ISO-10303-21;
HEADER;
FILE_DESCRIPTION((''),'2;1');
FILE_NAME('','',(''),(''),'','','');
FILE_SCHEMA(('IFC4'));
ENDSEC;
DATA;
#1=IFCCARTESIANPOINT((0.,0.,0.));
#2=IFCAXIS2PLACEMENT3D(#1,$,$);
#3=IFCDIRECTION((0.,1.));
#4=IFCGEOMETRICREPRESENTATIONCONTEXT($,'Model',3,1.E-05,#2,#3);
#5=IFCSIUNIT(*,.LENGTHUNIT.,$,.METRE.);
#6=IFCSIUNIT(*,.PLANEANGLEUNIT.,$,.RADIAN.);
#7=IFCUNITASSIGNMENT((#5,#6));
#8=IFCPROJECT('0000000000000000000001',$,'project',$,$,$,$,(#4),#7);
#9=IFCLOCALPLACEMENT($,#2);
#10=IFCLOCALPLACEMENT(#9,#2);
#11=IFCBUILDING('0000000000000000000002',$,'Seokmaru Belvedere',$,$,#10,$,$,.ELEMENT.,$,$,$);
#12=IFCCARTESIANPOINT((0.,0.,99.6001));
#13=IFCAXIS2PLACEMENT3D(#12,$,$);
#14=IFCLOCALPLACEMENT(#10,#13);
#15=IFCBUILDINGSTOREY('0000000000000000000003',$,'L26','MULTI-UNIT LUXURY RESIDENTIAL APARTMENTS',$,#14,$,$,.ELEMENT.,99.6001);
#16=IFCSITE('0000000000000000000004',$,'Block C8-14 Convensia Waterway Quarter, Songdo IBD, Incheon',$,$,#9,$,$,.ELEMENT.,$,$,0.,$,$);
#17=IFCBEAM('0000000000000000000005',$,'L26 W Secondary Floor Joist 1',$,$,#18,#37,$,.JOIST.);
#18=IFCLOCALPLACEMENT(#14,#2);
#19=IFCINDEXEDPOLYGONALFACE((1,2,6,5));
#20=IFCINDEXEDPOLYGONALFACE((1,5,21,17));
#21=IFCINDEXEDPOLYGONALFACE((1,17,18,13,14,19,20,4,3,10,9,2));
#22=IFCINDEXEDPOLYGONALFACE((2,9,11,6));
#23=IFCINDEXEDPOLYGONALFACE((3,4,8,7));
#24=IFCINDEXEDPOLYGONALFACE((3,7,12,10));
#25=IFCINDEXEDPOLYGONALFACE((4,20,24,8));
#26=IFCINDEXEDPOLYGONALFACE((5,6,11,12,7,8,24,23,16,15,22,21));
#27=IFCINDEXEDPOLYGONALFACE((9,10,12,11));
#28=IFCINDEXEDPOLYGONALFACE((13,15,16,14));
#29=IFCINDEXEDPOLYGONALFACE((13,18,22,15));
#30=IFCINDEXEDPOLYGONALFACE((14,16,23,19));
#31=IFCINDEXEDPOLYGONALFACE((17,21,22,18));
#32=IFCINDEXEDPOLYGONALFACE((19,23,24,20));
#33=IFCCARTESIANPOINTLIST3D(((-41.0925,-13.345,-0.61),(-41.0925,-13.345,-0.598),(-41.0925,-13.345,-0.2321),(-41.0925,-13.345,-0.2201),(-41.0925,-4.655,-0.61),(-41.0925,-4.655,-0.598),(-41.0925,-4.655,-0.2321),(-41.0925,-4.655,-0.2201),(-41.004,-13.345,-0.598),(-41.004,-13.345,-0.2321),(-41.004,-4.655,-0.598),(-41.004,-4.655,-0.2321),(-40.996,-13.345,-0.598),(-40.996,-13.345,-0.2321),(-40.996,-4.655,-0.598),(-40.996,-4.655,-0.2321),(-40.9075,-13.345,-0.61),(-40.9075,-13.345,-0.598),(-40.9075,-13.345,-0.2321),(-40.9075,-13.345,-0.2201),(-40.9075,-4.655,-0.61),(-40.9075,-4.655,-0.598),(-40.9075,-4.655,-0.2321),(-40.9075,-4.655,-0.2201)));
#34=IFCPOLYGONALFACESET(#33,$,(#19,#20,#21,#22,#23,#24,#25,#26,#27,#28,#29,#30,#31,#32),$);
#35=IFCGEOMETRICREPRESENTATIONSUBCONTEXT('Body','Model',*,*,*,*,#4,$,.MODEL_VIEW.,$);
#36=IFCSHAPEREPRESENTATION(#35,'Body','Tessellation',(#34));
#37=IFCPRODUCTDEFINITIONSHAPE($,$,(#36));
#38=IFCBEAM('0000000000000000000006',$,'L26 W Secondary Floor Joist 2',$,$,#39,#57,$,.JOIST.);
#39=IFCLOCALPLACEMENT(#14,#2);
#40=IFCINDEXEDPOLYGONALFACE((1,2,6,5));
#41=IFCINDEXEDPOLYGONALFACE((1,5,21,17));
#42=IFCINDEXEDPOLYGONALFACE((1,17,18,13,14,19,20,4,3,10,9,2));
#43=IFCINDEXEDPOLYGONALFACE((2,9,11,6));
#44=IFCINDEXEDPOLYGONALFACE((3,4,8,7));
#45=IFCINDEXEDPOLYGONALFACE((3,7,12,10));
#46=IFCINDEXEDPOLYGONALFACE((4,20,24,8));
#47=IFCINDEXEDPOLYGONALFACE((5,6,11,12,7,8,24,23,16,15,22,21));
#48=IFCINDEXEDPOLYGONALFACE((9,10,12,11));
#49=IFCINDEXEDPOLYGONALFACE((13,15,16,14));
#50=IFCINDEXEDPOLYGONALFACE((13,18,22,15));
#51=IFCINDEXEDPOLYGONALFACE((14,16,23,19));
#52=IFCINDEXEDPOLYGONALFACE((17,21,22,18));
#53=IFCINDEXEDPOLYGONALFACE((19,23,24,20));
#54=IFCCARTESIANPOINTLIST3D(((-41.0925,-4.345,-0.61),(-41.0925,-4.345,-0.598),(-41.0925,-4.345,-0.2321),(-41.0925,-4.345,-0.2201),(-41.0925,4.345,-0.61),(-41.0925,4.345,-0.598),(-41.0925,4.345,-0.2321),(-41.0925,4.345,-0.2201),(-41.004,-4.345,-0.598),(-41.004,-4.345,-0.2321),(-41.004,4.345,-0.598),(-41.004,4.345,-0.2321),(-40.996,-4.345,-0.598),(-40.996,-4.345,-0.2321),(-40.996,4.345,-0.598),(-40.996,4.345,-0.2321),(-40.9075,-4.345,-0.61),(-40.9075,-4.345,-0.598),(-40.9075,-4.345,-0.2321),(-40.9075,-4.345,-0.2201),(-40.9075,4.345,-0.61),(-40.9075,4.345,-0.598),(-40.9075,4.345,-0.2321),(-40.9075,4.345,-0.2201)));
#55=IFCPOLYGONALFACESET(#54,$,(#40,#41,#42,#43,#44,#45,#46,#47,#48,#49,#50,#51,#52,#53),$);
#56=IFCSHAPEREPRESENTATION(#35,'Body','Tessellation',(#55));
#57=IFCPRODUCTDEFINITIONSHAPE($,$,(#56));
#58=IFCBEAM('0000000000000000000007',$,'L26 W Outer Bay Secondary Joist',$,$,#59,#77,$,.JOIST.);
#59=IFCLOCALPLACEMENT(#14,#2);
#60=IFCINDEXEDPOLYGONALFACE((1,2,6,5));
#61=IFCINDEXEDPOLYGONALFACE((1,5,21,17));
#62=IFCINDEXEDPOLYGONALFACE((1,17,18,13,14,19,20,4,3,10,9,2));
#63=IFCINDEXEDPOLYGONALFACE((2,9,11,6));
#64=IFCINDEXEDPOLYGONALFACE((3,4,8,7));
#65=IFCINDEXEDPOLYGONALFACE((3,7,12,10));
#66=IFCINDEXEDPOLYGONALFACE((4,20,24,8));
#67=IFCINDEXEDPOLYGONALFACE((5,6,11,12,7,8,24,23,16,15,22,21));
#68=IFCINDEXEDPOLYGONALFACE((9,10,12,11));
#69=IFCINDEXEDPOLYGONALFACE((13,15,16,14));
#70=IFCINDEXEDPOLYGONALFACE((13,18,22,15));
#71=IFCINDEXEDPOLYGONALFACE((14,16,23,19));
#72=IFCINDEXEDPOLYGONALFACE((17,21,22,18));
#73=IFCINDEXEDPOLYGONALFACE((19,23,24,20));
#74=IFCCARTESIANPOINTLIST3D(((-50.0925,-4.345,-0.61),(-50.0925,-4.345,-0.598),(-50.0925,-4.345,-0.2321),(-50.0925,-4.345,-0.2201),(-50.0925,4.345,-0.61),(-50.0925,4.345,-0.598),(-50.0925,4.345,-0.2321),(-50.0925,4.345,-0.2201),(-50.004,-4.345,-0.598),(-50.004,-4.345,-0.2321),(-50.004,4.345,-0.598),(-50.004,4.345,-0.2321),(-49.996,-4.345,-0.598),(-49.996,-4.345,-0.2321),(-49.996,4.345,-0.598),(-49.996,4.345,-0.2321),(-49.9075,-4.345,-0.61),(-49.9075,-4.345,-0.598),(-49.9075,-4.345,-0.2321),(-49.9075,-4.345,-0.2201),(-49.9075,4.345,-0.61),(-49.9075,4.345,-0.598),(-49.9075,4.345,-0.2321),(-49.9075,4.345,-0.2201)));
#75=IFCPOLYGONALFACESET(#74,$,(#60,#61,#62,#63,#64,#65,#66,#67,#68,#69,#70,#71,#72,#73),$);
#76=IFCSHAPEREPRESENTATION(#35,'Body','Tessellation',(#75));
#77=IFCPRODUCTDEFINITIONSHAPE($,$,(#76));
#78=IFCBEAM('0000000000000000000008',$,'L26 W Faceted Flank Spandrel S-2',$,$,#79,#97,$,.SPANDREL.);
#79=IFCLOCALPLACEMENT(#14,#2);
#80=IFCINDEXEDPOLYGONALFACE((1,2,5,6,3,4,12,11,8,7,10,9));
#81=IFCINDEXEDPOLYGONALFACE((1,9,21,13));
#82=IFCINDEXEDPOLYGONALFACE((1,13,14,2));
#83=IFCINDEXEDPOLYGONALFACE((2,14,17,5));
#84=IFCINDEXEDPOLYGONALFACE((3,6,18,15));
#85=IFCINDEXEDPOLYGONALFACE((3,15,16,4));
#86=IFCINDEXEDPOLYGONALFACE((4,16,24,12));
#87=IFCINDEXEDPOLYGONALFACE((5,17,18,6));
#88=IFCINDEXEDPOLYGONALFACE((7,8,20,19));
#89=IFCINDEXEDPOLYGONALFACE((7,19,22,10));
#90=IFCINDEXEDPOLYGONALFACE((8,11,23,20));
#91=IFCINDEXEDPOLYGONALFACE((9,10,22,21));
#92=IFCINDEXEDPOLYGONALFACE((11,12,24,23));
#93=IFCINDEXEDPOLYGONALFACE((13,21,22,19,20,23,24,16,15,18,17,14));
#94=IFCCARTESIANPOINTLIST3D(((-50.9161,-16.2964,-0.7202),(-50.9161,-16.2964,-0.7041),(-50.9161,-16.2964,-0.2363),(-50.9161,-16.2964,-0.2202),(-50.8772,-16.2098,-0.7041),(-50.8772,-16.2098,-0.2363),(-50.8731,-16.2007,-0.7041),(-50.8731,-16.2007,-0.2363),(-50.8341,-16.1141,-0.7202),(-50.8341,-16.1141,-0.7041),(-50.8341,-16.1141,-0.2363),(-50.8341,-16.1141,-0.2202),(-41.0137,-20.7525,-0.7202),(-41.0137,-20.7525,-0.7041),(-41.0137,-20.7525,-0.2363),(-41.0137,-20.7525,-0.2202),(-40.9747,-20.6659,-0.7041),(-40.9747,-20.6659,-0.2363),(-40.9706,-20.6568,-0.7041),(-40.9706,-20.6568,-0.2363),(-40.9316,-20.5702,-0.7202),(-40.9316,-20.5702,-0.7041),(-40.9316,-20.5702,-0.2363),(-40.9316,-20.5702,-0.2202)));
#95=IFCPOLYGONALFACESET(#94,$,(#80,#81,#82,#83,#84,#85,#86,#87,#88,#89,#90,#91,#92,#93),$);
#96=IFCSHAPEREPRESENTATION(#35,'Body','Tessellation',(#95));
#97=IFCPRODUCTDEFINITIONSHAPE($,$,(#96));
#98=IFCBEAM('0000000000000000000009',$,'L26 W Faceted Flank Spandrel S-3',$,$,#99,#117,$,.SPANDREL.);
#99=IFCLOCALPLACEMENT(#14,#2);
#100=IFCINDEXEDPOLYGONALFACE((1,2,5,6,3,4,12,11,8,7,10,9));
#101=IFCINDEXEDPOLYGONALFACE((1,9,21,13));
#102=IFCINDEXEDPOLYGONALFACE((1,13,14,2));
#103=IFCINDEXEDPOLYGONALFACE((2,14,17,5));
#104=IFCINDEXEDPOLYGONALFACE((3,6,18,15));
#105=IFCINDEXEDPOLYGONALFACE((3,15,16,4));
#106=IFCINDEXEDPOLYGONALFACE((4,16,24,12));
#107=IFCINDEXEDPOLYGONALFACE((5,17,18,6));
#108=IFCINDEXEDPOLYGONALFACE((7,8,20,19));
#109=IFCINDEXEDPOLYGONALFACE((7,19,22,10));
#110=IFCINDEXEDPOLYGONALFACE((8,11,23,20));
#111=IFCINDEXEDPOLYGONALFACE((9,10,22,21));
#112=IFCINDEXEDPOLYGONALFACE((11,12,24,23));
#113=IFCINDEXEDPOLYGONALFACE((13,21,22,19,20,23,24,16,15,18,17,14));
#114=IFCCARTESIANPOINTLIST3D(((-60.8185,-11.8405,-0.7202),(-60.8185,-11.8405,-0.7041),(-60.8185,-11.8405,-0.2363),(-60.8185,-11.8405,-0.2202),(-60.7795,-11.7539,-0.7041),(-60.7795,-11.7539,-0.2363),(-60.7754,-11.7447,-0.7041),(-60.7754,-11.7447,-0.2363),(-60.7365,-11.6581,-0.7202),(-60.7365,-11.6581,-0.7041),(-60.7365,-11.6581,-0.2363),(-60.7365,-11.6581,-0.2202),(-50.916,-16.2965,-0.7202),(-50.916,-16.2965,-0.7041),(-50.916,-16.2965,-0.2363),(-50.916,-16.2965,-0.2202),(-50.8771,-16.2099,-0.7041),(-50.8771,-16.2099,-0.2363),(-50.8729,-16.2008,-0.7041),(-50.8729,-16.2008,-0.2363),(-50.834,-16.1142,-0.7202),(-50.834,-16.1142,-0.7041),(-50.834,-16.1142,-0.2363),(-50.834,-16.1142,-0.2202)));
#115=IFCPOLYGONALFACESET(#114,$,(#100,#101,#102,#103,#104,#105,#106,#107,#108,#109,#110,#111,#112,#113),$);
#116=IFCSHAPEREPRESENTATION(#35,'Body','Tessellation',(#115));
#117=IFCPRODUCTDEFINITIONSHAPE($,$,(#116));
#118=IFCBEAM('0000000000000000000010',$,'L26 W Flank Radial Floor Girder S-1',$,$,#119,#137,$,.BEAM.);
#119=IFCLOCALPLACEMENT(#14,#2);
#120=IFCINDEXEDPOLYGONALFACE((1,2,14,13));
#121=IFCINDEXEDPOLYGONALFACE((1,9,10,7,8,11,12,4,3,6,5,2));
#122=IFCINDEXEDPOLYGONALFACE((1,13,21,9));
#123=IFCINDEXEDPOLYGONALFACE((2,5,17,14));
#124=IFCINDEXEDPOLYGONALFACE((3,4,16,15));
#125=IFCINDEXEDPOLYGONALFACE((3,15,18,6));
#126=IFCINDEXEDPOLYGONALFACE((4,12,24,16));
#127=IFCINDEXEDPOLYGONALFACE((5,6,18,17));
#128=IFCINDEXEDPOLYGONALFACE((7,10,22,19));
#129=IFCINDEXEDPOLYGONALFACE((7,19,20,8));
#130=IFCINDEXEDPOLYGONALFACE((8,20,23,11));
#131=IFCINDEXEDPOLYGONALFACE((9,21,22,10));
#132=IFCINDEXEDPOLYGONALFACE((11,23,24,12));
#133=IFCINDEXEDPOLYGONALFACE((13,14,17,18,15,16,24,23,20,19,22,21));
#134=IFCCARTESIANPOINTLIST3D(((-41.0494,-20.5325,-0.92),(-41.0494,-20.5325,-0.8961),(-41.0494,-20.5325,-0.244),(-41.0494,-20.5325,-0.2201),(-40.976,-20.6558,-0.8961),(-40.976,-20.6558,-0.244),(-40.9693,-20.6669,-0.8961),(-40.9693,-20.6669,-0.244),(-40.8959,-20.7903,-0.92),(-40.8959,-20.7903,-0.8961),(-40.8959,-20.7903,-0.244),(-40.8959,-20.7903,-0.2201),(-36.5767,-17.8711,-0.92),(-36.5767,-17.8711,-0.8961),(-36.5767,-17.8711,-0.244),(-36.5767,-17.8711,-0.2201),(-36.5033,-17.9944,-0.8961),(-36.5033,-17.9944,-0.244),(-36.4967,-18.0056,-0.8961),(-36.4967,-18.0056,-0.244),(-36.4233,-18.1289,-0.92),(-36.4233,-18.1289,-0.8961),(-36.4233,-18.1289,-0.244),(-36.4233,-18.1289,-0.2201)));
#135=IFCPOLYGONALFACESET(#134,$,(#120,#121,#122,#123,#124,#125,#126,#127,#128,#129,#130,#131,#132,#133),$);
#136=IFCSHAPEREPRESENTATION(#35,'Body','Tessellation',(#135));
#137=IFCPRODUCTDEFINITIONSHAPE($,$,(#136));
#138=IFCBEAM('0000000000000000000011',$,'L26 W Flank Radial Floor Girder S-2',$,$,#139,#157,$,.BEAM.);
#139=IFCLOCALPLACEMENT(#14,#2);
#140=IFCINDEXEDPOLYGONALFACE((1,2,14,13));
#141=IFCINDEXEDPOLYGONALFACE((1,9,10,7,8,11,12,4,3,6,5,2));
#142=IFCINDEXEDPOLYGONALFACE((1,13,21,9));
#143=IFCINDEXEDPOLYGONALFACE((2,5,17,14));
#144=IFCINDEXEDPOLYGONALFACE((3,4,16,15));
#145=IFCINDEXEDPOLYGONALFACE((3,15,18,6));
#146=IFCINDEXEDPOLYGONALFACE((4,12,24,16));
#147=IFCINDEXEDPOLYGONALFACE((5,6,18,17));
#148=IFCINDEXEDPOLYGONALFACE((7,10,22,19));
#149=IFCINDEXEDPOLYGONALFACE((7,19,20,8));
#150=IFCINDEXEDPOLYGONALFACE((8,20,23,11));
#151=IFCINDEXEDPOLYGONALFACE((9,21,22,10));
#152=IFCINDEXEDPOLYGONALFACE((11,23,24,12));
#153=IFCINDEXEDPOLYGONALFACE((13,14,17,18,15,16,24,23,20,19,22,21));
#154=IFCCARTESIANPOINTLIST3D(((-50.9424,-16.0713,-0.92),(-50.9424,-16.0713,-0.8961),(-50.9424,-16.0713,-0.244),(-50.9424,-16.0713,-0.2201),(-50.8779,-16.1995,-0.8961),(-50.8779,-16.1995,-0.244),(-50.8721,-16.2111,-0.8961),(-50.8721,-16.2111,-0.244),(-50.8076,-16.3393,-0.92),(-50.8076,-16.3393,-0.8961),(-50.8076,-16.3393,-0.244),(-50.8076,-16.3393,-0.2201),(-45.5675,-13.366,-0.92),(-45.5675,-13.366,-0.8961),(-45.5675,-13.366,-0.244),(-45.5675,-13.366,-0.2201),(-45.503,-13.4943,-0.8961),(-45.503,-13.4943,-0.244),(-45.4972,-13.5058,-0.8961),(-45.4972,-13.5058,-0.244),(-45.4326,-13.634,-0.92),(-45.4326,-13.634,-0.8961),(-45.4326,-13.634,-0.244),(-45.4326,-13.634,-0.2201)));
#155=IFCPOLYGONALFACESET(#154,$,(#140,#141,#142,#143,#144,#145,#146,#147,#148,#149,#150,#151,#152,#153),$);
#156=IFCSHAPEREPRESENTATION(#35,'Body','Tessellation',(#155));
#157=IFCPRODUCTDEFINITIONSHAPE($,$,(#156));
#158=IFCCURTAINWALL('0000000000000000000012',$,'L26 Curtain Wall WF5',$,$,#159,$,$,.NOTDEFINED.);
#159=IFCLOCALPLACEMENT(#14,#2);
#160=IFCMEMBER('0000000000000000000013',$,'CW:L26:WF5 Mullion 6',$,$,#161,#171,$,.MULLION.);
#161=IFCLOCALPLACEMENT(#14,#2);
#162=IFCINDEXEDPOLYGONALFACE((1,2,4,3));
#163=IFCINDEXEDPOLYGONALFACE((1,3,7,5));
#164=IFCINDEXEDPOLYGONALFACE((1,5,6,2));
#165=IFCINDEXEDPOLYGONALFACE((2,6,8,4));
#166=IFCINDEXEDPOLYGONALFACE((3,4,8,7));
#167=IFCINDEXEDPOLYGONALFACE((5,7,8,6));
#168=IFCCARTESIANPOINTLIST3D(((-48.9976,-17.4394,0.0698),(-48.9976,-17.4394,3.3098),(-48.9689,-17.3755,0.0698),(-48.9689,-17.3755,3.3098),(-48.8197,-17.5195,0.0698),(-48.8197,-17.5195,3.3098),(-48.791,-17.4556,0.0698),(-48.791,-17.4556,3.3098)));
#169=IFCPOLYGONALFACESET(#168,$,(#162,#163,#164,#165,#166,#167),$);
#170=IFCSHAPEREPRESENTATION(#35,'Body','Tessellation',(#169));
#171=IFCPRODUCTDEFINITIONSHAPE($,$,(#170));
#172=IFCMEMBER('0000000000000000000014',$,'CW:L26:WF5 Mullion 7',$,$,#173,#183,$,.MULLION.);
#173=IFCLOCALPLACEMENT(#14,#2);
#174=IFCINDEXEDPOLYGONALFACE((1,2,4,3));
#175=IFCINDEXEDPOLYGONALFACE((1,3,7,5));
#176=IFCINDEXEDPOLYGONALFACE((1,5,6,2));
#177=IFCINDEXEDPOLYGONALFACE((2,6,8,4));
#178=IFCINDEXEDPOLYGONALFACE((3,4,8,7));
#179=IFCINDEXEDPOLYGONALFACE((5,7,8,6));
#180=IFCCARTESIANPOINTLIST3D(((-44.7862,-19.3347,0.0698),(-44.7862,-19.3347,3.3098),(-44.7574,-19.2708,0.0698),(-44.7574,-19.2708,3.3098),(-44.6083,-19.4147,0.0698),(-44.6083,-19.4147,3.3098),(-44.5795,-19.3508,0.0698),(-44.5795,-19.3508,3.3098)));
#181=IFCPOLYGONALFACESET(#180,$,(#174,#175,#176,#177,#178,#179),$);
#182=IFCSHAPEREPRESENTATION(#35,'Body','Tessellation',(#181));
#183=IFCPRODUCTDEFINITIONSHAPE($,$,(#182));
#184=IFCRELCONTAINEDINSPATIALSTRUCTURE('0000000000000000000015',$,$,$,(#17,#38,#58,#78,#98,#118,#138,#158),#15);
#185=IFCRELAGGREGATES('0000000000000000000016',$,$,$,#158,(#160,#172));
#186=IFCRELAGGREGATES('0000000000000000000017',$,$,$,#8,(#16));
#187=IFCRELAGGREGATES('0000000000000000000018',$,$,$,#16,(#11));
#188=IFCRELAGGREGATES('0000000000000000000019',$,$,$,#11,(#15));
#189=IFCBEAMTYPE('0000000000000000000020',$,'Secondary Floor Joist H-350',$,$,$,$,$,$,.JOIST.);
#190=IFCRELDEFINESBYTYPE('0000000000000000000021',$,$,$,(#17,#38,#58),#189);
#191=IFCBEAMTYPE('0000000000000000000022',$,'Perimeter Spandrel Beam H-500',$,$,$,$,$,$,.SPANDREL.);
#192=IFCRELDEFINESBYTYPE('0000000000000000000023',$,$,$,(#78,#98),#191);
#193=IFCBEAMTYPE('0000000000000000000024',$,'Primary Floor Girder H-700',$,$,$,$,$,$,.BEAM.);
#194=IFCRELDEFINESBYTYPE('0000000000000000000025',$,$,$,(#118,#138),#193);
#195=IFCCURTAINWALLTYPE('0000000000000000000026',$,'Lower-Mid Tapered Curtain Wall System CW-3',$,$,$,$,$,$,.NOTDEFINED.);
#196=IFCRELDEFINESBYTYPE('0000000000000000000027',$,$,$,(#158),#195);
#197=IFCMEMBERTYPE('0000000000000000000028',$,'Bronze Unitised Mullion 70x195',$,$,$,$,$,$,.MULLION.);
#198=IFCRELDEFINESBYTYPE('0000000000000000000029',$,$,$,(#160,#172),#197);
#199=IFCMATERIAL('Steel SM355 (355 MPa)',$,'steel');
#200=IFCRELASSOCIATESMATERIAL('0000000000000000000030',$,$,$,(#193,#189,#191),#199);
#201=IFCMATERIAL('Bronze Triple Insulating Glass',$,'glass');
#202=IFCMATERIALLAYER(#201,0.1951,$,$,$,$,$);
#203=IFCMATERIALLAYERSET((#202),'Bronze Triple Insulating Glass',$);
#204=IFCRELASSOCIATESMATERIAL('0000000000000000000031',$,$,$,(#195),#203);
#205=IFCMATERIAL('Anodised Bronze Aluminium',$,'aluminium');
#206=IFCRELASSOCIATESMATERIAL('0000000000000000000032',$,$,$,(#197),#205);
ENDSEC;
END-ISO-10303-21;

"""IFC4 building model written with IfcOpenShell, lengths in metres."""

from ifc_helpers import new_model, si_unit, direction, frame, origin, origin_2d, place, context, subcontext, project, spatial, rectangle, i_section, extrude, source, transform, mapped, material, layer, layer_set, material_profile, profile_set, type_object, type_shapes, element, aggregate, save


model = new_model("IFC4")

# Units and contexts
model_context = context("Model", 3, precision=1e-05, world=origin(), true_north=direction((0.0, 1.0)))
body_context = subcontext(model_context, "Body", "Model", "MODEL_VIEW")
ifc_project = project(units=[si_unit("LENGTHUNIT", "METRE"), si_unit("PLANEANGLEUNIT", "RADIAN")], contexts=[model_context])

# Site, building, storey
site_placement = place(None, origin())
site = spatial("IfcSite", under=ifc_project, at=site_placement, Name="Block C8-14 Convensia Waterway Quarter, Songdo IBD, Incheon", CompositionType="ELEMENT", RefElevation=0.0)
building_placement = place(site_placement, origin())
building = spatial("IfcBuilding", under=site, at=building_placement, Name="Seokmaru Belvedere", CompositionType="ELEMENT")
storey_placement = place(building_placement, frame((0.0, 0.0, 99.6001)))
storey = spatial("IfcBuildingStorey", under=building, at=storey_placement, Name="L26", Description="MULTI-UNIT LUXURY RESIDENTIAL APARTMENTS", CompositionType="ELEMENT", Elevation=99.6001)

# Shared definitions
ifc_material_1 = material(Name="Steel SM355 (355 MPa)", Category="steel")

# Beams
ifc_material_profile_1 = material_profile(ifc_material_1, i_section(OverallWidth=0.3, OverallDepth=0.7, WebThickness=0.0129, FlangeThickness=0.0239, at=origin_2d()), Name="H-700x300x13x24")
ifc_profile_set_1 = profile_set([ifc_material_profile_1], Name="Steel SM355 (355 MPa)")
beam_type_1 = type_object("IfcBeamType", Name="Primary Floor Girder H-700", PredefinedType="BEAM", material=ifc_profile_set_1)
ifc_material_profile_2 = material_profile(ifc_material_1, i_section(OverallWidth=0.1851, OverallDepth=0.3899, WebThickness=0.0081, FlangeThickness=0.012, at=origin_2d()), Name="H-390x185x8x12")
ifc_profile_set_2 = profile_set([ifc_material_profile_2], Name="Steel SM355 (355 MPa)")
beam_type_2 = type_object("IfcBeamType", Name="Secondary Floor Joist H-350", PredefinedType="JOIST", material=ifc_profile_set_2)
shared_shape_1 = source(origin(), body_context, "Body", "SweptSolid", [
    extrude(i_section(OverallWidth=0.1851, OverallDepth=0.3899, WebThickness=0.0081, FlangeThickness=0.012, at=origin_2d()), origin(), (0.0, 0.0, 1.0), 8.6899),
])
type_shapes(beam_type_2, [shared_shape_1])
for number, where, z_axis, x_axis, name in (
    (1, (-41.0, -13.345, -0.415), (0.0, 1.0, 0.0), (-1.0, 0.0, 0.0), "L26 W Secondary Floor Joist 1"),
    (2, (-41.0, -4.345, -0.415), (0.0, 1.0, 0.0), (-1.0, 0.0, 0.0), "L26 W Secondary Floor Joist 2"),
    (3, (-50.0, -4.345, -0.415), (0.0, 1.0, 0.0), (-1.0, 0.0, 0.0), "L26 W Outer Bay Secondary Joist"),
):
    element("IfcBeam", number, at=place(storey_placement, frame(where, z_axis=z_axis, x_axis=x_axis)), inside=storey, type_object=beam_type_2, Name=name, PredefinedType="JOIST", context=body_context, shape_type="MappedRepresentation", body=[
        mapped(shared_shape_1, transform((0.0, 0.0, 0.0), scale=1.0)),
    ])
ifc_material_profile_3 = material_profile(ifc_material_1, i_section(OverallWidth=0.2, OverallDepth=0.5, WebThickness=0.01, FlangeThickness=0.0161, at=origin_2d()), Name="H-500x200x10x16")
ifc_profile_set_3 = profile_set([ifc_material_profile_3], Name="Steel SM355 (355 MPa)")
beam_type_3 = type_object("IfcBeamType", Name="Perimeter Spandrel Beam H-500", PredefinedType="SPANDREL", material=ifc_profile_set_3)
shared_shape_2 = source(origin(), body_context, "Body", "SweptSolid", [
    extrude(i_section(OverallWidth=0.2, OverallDepth=0.5, WebThickness=0.01, FlangeThickness=0.0161, at=origin_2d()), origin(), (0.0, 0.0, 1.0), 10.8589),
])
type_shapes(beam_type_3, [shared_shape_2])
for number, where, z_axis, x_axis, name in (
    (4, (-40.9727, -20.6614, -0.4702), (-0.911922, 0.410365, 0.0), (-0.410365, -0.911922, 0.0), "L26 W Faceted Flank Spandrel S-2"),
    (5, (-50.875, -16.2053, -0.4702), (-0.911925, 0.410356, 0.0), (-0.410356, -0.911925, 0.0), "L26 W Faceted Flank Spandrel S-3"),
):
    element("IfcBeam", number, at=place(storey_placement, frame(where, z_axis=z_axis, x_axis=x_axis)), inside=storey, type_object=beam_type_3, Name=name, PredefinedType="SPANDREL", context=body_context, shape_type="MappedRepresentation", body=[
        mapped(shared_shape_2, transform((0.0, 0.0, 0.0), scale=1.0)),
    ])
shared_shape_3 = source(origin(), body_context, "Body", "SweptSolid", [
    extrude(i_section(OverallWidth=0.3, OverallDepth=0.7, WebThickness=0.0129, FlangeThickness=0.0239, at=origin_2d()), origin(), (0.0, 0.0, 1.0), 5.2046),
])
beam_1_placement = place(storey_placement, frame((-40.9727, -20.6614, -0.5701), z_axis=(0.85937, 0.511354, 0.0), x_axis=(-0.511354, 0.85937, 0.0)))
element("IfcBeam", 6, at=beam_1_placement, inside=storey, type_object=beam_type_1, Name="L26 W Flank Radial Floor Girder S-1", PredefinedType="BEAM", context=body_context, shape_type="MappedRepresentation", body=[
    mapped(shared_shape_3, transform((0.0, 0.0, 0.0), scale=1.0)),
])
shared_shape_4 = source(origin(), body_context, "Body", "SweptSolid", [
    extrude(i_section(OverallWidth=0.3, OverallDepth=0.7, WebThickness=0.0129, FlangeThickness=0.0239, at=origin_2d()), origin(), (0.0, 0.0, 1.0), 6.0173),
])
beam_2_placement = place(storey_placement, frame((-50.875, -16.2053, -0.5701), z_axis=(0.893239, 0.449581, 0.0), x_axis=(-0.449581, 0.893239, 0.0)))
element("IfcBeam", 7, at=beam_2_placement, inside=storey, type_object=beam_type_1, Name="L26 W Flank Radial Floor Girder S-2", PredefinedType="BEAM", context=body_context, shape_type="MappedRepresentation", body=[
    mapped(shared_shape_4, transform((0.0, 0.0, 0.0), scale=1.0)),
])

# Curtain wall, members
ifc_material_2 = material(Name="Bronze Triple Insulating Glass", Category="glass")
ifc_layer_1 = layer(ifc_material_2, 0.1951)
ifc_layer_set_1 = layer_set([ifc_layer_1], Name="Bronze Triple Insulating Glass")
curtain_wall_type = type_object("IfcCurtainWallType", Name="Lower-Mid Tapered Curtain Wall System CW-3", PredefinedType="NOTDEFINED", material=ifc_layer_set_1)
curtain_wall_placement = place(storey_placement, origin())
curtain_wall = element("IfcCurtainWall", 8, at=curtain_wall_placement, inside=storey, type_object=curtain_wall_type, Name="L26 Curtain Wall WF5", PredefinedType="NOTDEFINED")
ifc_material_3 = material(Name="Anodised Bronze Aluminium", Category="aluminium")
ifc_material_profile_4 = material_profile(ifc_material_3, rectangle(XDim=0.0701, YDim=0.1951, at=origin_2d()), Name="CW-M-70x195")
ifc_profile_set_4 = profile_set([ifc_material_profile_4], Name="Anodised Bronze Aluminium")
member_type = type_object("IfcMemberType", Name="Bronze Unitised Mullion 70x195", PredefinedType="MULLION", material=ifc_profile_set_4)
shared_shape_5 = source(origin(), body_context, "Body", "SweptSolid", [
    extrude(rectangle(XDim=0.0701, YDim=0.1951, at=origin_2d()), origin(), (0.0, 0.0, 1.0), 3.24),
])
type_shapes(member_type, [shared_shape_5])
member_1_placement = place(storey_placement, frame((-48.8943, -17.4475, 0.0698), z_axis=(0.0, 0.0, 1.0), x_axis=(0.410366, 0.911921, 0.0)))
member_1 = element("IfcMember", 9, at=member_1_placement, type_object=member_type, Name="CW:L26:WF5 Mullion 6", PredefinedType="MULLION", context=body_context, shape_type="MappedRepresentation", body=[
    mapped(shared_shape_5, transform((0.0, 0.0, 0.0), scale=1.0)),
])
member_2_placement = place(storey_placement, frame((-44.6829, -19.3428, 0.0698), z_axis=(0.0, 0.0, 1.0), x_axis=(0.410366, 0.911921, 0.0)))
member_2 = element("IfcMember", 10, at=member_2_placement, type_object=member_type, Name="CW:L26:WF5 Mullion 7", PredefinedType="MULLION", context=body_context, shape_type="MappedRepresentation", body=[
    mapped(shared_shape_5, transform((0.0, 0.0, 0.0), scale=1.0)),
])
aggregate(curtain_wall, [member_1, member_2])

save(model, "model.ifc")
